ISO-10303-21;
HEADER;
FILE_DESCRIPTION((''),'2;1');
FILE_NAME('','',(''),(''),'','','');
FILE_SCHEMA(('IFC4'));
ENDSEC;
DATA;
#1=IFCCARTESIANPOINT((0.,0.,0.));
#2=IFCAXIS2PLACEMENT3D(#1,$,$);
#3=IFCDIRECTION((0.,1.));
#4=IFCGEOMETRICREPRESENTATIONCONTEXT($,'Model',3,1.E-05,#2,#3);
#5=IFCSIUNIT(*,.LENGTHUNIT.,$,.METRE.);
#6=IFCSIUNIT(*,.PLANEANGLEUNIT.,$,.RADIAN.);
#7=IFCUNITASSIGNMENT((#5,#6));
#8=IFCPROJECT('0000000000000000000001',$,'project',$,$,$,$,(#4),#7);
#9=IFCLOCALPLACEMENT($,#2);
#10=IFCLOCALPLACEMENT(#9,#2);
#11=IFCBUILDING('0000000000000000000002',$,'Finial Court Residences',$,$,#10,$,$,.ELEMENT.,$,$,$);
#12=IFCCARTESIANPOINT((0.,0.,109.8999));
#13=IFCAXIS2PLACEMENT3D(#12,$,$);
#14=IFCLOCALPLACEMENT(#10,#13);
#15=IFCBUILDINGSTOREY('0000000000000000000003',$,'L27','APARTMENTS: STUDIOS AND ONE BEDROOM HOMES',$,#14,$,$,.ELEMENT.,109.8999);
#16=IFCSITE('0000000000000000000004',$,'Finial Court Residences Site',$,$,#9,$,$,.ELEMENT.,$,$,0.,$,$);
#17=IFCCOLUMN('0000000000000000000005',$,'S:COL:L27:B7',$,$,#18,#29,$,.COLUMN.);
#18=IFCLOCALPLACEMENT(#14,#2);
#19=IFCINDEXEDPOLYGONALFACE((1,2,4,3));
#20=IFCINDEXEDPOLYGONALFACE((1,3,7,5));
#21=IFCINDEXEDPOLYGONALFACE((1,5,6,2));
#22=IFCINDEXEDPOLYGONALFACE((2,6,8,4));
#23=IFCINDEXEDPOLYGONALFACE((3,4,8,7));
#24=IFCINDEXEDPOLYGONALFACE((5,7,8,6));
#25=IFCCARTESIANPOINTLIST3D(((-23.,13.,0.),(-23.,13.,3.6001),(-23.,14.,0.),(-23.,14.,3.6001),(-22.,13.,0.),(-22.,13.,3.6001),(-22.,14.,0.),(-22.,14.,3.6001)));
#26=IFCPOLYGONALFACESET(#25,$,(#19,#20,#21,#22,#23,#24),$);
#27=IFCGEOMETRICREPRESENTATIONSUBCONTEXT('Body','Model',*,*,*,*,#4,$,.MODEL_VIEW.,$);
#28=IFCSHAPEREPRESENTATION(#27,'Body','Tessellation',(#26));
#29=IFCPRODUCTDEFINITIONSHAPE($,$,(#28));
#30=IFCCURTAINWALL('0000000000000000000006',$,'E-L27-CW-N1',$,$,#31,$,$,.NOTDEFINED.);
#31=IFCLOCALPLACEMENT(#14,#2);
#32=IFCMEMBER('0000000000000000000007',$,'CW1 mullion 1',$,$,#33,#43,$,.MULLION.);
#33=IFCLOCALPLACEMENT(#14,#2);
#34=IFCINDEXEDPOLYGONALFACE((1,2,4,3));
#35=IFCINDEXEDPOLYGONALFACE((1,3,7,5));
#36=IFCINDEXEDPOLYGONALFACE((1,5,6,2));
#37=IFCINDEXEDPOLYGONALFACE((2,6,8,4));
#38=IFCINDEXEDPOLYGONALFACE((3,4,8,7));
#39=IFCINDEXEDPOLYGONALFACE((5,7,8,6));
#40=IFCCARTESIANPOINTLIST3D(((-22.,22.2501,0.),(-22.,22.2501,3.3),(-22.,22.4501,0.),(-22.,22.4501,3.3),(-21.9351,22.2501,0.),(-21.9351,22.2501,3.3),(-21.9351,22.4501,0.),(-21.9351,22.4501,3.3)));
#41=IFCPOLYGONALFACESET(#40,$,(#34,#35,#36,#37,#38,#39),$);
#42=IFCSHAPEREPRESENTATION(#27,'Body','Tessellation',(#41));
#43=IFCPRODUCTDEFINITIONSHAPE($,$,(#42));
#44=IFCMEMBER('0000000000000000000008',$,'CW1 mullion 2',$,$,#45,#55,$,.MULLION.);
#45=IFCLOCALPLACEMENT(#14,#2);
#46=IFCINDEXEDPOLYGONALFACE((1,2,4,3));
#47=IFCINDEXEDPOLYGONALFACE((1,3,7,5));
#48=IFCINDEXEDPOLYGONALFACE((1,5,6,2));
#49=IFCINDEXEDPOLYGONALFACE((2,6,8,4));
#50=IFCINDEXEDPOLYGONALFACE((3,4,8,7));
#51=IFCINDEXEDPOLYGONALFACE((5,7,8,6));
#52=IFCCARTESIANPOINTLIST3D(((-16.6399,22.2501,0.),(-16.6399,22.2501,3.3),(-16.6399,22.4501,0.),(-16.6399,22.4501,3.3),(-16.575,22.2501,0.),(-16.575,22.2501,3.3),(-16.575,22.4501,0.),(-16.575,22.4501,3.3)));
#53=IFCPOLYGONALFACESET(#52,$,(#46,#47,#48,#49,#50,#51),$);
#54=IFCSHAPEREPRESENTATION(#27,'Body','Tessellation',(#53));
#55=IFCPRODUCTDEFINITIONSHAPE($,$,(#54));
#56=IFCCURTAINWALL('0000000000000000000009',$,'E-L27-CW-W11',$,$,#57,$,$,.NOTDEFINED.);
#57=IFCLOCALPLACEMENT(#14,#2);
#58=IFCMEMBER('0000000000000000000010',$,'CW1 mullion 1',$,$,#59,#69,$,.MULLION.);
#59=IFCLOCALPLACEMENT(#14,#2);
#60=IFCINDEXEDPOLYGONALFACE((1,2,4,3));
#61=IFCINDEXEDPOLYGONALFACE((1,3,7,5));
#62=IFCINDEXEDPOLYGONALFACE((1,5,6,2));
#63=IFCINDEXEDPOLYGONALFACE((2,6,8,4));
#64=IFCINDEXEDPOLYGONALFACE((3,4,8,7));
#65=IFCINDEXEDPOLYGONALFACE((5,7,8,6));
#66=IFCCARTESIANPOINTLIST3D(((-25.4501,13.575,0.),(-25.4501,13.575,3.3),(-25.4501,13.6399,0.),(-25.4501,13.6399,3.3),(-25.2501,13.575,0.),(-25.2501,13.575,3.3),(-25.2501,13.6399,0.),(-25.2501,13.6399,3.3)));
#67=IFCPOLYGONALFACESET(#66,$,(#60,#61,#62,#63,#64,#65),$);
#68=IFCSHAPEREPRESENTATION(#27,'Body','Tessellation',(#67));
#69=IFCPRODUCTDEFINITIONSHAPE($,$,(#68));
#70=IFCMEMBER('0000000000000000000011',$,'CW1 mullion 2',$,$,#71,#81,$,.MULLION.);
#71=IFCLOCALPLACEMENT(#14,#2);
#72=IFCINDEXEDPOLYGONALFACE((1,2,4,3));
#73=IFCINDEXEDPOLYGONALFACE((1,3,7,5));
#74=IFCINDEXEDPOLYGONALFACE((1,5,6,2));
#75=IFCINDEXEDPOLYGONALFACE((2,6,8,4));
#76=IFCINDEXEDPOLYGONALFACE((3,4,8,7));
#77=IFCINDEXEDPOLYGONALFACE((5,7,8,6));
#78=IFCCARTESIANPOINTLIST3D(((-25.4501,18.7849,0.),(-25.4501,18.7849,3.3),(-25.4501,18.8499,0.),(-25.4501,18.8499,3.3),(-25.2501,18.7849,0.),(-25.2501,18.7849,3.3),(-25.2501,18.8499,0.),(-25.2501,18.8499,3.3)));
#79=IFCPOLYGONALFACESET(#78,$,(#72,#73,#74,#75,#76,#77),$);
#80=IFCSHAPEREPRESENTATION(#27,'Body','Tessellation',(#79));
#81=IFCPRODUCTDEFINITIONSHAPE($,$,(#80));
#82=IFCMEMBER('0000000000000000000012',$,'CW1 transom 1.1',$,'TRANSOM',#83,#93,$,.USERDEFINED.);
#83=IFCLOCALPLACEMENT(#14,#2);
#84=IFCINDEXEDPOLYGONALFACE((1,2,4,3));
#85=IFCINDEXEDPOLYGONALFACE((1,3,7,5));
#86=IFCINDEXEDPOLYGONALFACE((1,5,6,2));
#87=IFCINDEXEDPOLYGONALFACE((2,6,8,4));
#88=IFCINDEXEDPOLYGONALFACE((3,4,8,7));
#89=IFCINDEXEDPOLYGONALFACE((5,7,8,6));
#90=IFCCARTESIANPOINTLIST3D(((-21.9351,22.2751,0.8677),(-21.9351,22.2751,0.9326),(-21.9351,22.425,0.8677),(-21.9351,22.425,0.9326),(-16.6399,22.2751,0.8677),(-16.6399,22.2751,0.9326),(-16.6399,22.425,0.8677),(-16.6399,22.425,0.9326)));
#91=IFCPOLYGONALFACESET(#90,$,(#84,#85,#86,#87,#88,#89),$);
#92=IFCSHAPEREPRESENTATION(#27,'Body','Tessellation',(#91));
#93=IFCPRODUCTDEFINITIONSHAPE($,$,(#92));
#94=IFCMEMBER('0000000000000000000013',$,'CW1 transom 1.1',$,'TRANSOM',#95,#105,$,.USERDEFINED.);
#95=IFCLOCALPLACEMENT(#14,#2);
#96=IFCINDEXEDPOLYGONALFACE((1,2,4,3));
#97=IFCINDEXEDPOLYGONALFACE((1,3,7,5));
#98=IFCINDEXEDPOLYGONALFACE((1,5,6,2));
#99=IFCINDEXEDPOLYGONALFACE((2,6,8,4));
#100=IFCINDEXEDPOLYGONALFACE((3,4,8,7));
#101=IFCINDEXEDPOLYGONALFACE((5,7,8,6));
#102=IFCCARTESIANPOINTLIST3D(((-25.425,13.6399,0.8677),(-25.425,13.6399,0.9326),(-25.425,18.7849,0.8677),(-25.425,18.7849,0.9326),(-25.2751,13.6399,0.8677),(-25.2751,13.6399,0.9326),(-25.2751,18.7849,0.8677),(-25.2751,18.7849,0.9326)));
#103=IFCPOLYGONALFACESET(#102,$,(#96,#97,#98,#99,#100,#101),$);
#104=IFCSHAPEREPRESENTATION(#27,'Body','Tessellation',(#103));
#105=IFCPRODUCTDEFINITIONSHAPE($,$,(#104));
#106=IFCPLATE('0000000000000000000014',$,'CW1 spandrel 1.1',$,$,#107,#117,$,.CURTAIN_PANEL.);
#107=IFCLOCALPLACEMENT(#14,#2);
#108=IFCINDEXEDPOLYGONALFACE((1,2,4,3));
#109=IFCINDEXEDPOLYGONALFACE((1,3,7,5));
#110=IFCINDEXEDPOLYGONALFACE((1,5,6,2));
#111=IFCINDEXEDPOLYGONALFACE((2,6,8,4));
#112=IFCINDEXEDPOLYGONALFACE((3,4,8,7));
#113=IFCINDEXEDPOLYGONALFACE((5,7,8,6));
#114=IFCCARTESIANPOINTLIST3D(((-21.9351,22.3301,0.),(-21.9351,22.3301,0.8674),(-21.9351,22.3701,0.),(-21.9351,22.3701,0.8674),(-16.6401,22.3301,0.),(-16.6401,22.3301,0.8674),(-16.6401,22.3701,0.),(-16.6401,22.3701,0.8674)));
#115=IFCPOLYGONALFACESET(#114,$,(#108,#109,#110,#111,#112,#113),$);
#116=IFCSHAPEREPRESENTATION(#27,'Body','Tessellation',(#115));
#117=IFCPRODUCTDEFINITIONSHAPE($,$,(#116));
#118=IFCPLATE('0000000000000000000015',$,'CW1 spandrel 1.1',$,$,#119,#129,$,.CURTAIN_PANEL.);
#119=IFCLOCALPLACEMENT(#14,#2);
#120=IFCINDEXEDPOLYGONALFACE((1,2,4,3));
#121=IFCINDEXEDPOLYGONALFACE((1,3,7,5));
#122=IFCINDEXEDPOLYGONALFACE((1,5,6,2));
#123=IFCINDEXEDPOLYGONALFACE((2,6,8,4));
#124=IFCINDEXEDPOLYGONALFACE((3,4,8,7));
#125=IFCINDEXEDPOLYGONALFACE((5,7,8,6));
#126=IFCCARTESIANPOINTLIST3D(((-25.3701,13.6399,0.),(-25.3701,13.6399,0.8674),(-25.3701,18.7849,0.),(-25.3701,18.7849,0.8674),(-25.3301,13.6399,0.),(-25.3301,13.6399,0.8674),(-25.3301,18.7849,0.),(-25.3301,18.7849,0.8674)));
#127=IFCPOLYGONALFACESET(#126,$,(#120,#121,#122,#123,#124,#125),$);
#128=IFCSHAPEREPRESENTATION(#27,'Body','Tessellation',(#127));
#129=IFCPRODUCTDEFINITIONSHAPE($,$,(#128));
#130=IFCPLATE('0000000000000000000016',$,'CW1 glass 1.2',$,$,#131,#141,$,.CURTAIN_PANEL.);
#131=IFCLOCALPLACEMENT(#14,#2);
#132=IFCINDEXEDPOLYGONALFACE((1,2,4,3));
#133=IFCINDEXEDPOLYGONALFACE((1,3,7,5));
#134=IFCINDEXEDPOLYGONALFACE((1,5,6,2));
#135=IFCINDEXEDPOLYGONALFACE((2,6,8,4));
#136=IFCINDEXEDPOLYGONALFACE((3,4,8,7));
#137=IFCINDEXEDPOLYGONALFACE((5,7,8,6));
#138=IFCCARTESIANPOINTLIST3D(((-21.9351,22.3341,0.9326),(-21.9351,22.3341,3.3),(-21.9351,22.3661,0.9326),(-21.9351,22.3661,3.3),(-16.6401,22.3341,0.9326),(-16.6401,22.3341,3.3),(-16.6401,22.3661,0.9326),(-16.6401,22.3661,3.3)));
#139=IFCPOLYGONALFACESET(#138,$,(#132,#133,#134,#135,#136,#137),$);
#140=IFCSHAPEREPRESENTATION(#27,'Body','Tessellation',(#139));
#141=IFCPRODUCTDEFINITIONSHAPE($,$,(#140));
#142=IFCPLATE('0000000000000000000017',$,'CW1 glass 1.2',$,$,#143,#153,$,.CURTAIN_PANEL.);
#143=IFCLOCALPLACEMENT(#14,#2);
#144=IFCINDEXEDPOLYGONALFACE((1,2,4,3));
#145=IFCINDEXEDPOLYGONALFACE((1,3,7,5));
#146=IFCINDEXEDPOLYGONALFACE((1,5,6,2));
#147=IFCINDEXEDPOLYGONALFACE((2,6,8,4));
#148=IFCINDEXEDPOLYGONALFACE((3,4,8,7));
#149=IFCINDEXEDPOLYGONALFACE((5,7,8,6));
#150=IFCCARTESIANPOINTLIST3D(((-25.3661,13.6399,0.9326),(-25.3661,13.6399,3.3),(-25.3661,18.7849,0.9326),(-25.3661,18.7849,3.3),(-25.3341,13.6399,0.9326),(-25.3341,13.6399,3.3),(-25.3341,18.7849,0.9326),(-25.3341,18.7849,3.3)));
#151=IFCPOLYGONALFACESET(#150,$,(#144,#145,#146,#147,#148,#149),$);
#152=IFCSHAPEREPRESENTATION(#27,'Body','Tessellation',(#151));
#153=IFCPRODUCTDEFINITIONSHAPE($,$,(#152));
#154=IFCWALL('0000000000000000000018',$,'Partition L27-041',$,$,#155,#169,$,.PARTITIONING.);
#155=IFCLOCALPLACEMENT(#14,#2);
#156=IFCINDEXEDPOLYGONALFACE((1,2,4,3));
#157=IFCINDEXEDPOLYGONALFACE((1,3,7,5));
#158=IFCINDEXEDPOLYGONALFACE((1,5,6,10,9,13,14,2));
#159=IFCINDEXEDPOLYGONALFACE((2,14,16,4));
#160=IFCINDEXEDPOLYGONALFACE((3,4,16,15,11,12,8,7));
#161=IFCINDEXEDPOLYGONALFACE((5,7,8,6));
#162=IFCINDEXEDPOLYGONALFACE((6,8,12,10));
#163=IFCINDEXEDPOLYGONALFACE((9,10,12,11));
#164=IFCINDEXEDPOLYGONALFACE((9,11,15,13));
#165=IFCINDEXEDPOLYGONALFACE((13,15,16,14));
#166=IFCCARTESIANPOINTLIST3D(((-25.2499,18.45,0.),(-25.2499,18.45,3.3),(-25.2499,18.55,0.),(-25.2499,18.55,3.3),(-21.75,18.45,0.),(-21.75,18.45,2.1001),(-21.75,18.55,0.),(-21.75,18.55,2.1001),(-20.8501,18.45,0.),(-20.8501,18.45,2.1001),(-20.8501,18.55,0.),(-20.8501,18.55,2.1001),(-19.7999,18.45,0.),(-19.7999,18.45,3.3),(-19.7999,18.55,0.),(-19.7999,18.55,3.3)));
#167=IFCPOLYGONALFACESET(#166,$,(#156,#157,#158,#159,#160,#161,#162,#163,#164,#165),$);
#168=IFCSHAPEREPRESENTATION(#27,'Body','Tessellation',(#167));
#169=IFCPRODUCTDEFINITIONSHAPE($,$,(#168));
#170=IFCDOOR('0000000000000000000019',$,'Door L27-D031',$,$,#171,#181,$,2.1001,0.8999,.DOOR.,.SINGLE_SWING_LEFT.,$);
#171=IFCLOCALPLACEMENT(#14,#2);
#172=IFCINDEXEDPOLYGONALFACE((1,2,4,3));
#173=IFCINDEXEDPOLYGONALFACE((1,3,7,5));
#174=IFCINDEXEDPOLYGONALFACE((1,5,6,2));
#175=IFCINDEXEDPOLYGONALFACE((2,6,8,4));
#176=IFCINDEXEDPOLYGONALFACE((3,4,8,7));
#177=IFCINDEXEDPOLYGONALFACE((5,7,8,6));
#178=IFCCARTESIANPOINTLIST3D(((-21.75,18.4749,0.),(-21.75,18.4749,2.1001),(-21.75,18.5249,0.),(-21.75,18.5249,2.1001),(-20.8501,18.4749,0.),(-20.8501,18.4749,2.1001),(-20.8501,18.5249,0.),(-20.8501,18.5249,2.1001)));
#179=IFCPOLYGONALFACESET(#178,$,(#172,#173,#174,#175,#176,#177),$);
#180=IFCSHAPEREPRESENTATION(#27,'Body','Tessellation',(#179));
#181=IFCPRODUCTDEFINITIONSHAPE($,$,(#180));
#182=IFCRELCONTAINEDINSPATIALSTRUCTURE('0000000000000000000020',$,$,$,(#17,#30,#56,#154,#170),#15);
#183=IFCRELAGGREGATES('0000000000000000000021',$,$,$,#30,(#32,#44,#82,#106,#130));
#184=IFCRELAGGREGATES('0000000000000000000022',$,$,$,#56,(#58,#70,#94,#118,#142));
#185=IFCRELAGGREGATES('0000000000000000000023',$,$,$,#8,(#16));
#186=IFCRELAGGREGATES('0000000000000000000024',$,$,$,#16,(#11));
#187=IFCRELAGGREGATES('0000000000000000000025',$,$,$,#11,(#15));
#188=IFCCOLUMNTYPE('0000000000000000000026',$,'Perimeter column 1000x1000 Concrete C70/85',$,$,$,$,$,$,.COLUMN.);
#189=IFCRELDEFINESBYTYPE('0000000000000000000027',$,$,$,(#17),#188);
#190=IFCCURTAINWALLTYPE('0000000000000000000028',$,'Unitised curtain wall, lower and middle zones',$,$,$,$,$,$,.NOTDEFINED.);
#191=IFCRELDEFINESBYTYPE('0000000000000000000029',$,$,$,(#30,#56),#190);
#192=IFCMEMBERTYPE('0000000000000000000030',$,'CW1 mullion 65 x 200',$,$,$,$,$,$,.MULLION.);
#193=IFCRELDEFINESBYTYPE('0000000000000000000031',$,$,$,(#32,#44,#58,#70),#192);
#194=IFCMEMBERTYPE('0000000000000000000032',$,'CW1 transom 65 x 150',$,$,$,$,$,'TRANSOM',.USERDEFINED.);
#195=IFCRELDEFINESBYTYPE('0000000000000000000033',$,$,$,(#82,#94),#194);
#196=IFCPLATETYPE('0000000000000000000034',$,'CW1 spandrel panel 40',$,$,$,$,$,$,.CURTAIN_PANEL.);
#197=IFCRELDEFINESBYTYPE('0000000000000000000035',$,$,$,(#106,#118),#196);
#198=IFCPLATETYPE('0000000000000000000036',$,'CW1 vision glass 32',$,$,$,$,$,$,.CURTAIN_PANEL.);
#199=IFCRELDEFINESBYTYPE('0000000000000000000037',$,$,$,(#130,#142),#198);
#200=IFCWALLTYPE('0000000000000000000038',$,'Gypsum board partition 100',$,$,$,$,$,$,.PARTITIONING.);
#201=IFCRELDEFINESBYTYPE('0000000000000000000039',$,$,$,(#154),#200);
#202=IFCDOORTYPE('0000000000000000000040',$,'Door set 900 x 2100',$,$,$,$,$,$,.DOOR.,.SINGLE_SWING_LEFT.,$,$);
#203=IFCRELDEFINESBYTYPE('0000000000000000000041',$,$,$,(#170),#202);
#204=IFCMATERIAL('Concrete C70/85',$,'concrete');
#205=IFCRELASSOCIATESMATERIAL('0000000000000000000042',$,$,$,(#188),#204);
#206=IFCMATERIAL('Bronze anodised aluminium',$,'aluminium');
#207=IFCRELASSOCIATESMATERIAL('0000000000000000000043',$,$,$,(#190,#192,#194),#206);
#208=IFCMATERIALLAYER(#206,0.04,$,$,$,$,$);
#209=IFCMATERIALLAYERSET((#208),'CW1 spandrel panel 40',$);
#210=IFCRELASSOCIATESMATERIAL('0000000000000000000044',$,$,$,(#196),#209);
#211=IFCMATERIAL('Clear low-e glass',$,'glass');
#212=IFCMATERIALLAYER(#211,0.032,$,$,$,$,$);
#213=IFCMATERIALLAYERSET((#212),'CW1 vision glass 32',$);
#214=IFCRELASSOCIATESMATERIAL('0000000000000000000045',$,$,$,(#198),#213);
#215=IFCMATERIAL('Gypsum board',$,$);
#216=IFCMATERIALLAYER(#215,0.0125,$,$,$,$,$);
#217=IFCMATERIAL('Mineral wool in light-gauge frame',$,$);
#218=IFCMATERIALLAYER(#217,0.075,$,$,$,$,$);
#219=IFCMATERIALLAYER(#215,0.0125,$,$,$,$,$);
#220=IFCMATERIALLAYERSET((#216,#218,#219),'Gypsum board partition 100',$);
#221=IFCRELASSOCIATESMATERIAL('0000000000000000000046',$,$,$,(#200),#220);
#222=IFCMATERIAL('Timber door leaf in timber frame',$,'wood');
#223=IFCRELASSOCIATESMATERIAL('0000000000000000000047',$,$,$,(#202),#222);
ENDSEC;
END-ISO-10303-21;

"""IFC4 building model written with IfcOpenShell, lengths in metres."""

from ifc_helpers import new_model, si_unit, direction, frame, frame_2d, origin, origin_2d, place, context, subcontext, project, spatial, rectangle, extrude, material, layer, layer_set, material_profile, profile_set, type_object, element, fill, aggregate, save


model = new_model("IFC4")

# Units and contexts
model_context = context("Model", 3, precision=1e-05, world=origin(), true_north=direction((0.0, 1.0)))
body_context = subcontext(model_context, "Body", "Model", "MODEL_VIEW")
ifc_project = project(units=[si_unit("LENGTHUNIT", "METRE"), si_unit("PLANEANGLEUNIT", "RADIAN")], contexts=[model_context])

# Site, building, storey
site_placement = place(None, origin())
site = spatial("IfcSite", under=ifc_project, at=site_placement, Name="Finial Court Residences Site", CompositionType="ELEMENT", RefElevation=0.0)
building_placement = place(site_placement, origin())
building = spatial("IfcBuilding", under=site, at=building_placement, Name="Finial Court Residences", CompositionType="ELEMENT")
storey_placement = place(building_placement, frame((0.0, 0.0, 109.8999)))
storey = spatial("IfcBuildingStorey", under=building, at=storey_placement, Name="L27", Description="APARTMENTS: STUDIOS AND ONE BEDROOM HOMES", CompositionType="ELEMENT", Elevation=109.8999)

# Column
ifc_material_1 = material(Name="Concrete C70/85", Category="concrete")
ifc_material_profile_1 = material_profile(ifc_material_1, rectangle(XDim=1.0, YDim=1.0, at=origin_2d()), Name="1000x1000")
ifc_profile_set_1 = profile_set([ifc_material_profile_1], Name="Concrete C70/85")
column_type = type_object("IfcColumnType", Name="Perimeter column 1000x1000 Concrete C70/85", PredefinedType="COLUMN", material=ifc_profile_set_1)
column_placement = place(storey_placement, frame((-22.5, 13.5, 0.0), z_axis=(0.0, 0.0, 1.0), x_axis=(1.0, 0.0, 0.0)))
element("IfcColumn", 1, at=column_placement, inside=storey, type_object=column_type, Name="S:COL:L27:B7", PredefinedType="COLUMN", context=body_context, shape_type="SweptSolid", body=[
    extrude(rectangle(XDim=1.0, YDim=1.0, at=origin_2d()), origin(), (0.0, 0.0, 1.0), 3.6001),
])

# Curtain walls, members
ifc_material_2 = material(Name="Bronze anodised aluminium", Category="aluminium")
curtain_wall_type = type_object("IfcCurtainWallType", Name="Unitised curtain wall, lower and middle zones", PredefinedType="NOTDEFINED", material=ifc_material_2)
curtain_wall_1_placement = place(storey_placement, origin())
curtain_wall_1 = element("IfcCurtainWall", 2, at=curtain_wall_1_placement, inside=storey, type_object=curtain_wall_type, Name="E-L27-CW-N1", PredefinedType="NOTDEFINED")
ifc_material_profile_2 = material_profile(ifc_material_2, rectangle(XDim=0.2, YDim=0.0649, at=origin_2d()), Name="CW1 mullion 65 x 200")
ifc_profile_set_2 = profile_set([ifc_material_profile_2], Name="Bronze anodised aluminium")
member_type_1 = type_object("IfcMemberType", Name="CW1 mullion 65 x 200", PredefinedType="MULLION", material=ifc_profile_set_2)
member_1_placement = place(storey_placement, frame((-21.9675, 22.3501, 0.0), z_axis=(0.0, 0.0, 1.0), x_axis=(0.0, 1.0, 0.0)))
member_1 = element("IfcMember", 3, at=member_1_placement, type_object=member_type_1, Name="CW1 mullion 1", PredefinedType="MULLION", context=body_context, shape_type="SweptSolid", body=[
    extrude(rectangle(XDim=0.2, YDim=0.0649, at=origin_2d()), origin(), (0.0, 0.0, 1.0), 3.3),
])
member_2_placement = place(storey_placement, frame((-16.6074, 22.3501, 0.0), z_axis=(0.0, 0.0, 1.0), x_axis=(0.0, 1.0, 0.0)))
member_2 = element("IfcMember", 4, at=member_2_placement, type_object=member_type_1, Name="CW1 mullion 2", PredefinedType="MULLION", context=body_context, shape_type="SweptSolid", body=[
    extrude(rectangle(XDim=0.2, YDim=0.0649, at=origin_2d()), origin(), (0.0, 0.0, 1.0), 3.3),
])
curtain_wall_2_placement = place(storey_placement, origin())
curtain_wall_2 = element("IfcCurtainWall", 5, at=curtain_wall_2_placement, inside=storey, type_object=curtain_wall_type, Name="E-L27-CW-W11", PredefinedType="NOTDEFINED")
member_3_placement = place(storey_placement, frame((-25.3501, 13.6074, 0.0), z_axis=(0.0, 0.0, 1.0), x_axis=(-1.0, 0.0, 0.0)))
member_3 = element("IfcMember", 6, at=member_3_placement, type_object=member_type_1, Name="CW1 mullion 1", PredefinedType="MULLION", context=body_context, shape_type="SweptSolid", body=[
    extrude(rectangle(XDim=0.2, YDim=0.0649, at=origin_2d()), origin(), (0.0, 0.0, 1.0), 3.3),
])
member_4_placement = place(storey_placement, frame((-25.3501, 18.8174, 0.0), z_axis=(0.0, 0.0, 1.0), x_axis=(-1.0, 0.0, 0.0)))
member_4 = element("IfcMember", 7, at=member_4_placement, type_object=member_type_1, Name="CW1 mullion 2", PredefinedType="MULLION", context=body_context, shape_type="SweptSolid", body=[
    extrude(rectangle(XDim=0.2, YDim=0.0649, at=origin_2d()), origin(), (0.0, 0.0, 1.0), 3.3),
])

# Members
ifc_material_profile_3 = material_profile(ifc_material_2, rectangle(XDim=0.1499, YDim=0.0649, at=origin_2d()), Name="CW1 transom 65 x 150")
ifc_profile_set_3 = profile_set([ifc_material_profile_3], Name="Bronze anodised aluminium")
member_type_2 = type_object("IfcMemberType", Name="CW1 transom 65 x 150", ElementType="TRANSOM", PredefinedType="USERDEFINED", material=ifc_profile_set_3)
member_5_placement = place(storey_placement, frame((-21.9351, 22.3501, 0.9001), z_axis=(1.0, 0.0, 0.0), x_axis=(0.0, 1.0, 0.0)))
member_5 = element("IfcMember", 8, at=member_5_placement, type_object=member_type_2, Name="CW1 transom 1.1", ObjectType="TRANSOM", PredefinedType="USERDEFINED", context=body_context, shape_type="SweptSolid", body=[
    extrude(rectangle(XDim=0.1499, YDim=0.0649, at=origin_2d()), origin(), (0.0, 0.0, 1.0), 5.2952),
])
member_6_placement = place(storey_placement, frame((-25.3501, 13.6399, 0.9001), z_axis=(0.0, 1.0, 0.0), x_axis=(-1.0, 0.0, 0.0)))
member_6 = element("IfcMember", 9, at=member_6_placement, type_object=member_type_2, Name="CW1 transom 1.1", ObjectType="TRANSOM", PredefinedType="USERDEFINED", context=body_context, shape_type="SweptSolid", body=[
    extrude(rectangle(XDim=0.1499, YDim=0.0649, at=origin_2d()), origin(), (0.0, 0.0, 1.0), 5.145),
])

# Plates
ifc_layer_1 = layer(ifc_material_2, 0.04)
ifc_layer_set_1 = layer_set([ifc_layer_1], Name="CW1 spandrel panel 40")
plate_type_1 = type_object("IfcPlateType", Name="CW1 spandrel panel 40", PredefinedType="CURTAIN_PANEL", material=ifc_layer_set_1)
plate_1_placement = place(storey_placement, frame((-19.2876, 22.3501, 0.0), z_axis=(0.0, 0.0, 1.0), x_axis=(1.0, 0.0, 0.0)))
plate_1 = element("IfcPlate", 10, at=plate_1_placement, type_object=plate_type_1, Name="CW1 spandrel 1.1", PredefinedType="CURTAIN_PANEL", context=body_context, shape_type="SweptSolid", body=[
    extrude(rectangle(XDim=5.2949, YDim=0.04, at=origin_2d()), origin(), (0.0, 0.0, 1.0), 0.8674),
])
plate_2_placement = place(storey_placement, frame((-25.3501, 16.2124, 0.0), z_axis=(0.0, 0.0, 1.0), x_axis=(0.0, 1.0, 0.0)))
plate_2 = element("IfcPlate", 11, at=plate_2_placement, type_object=plate_type_1, Name="CW1 spandrel 1.1", PredefinedType="CURTAIN_PANEL", context=body_context, shape_type="SweptSolid", body=[
    extrude(rectangle(XDim=5.145, YDim=0.04, at=origin_2d()), origin(), (0.0, 0.0, 1.0), 0.8674),
])
ifc_material_3 = material(Name="Clear low-e glass", Category="glass")
ifc_layer_2 = layer(ifc_material_3, 0.032)
ifc_layer_set_2 = layer_set([ifc_layer_2], Name="CW1 vision glass 32")
plate_type_2 = type_object("IfcPlateType", Name="CW1 vision glass 32", PredefinedType="CURTAIN_PANEL", material=ifc_layer_set_2)
plate_3_placement = place(storey_placement, frame((-19.2876, 22.3501, 0.9326), z_axis=(0.0, 0.0, 1.0), x_axis=(1.0, 0.0, 0.0)))
plate_3 = element("IfcPlate", 12, at=plate_3_placement, type_object=plate_type_2, Name="CW1 glass 1.2", PredefinedType="CURTAIN_PANEL", context=body_context, shape_type="SweptSolid", body=[
    extrude(rectangle(XDim=5.2949, YDim=0.032, at=origin_2d()), origin(), (0.0, 0.0, 1.0), 2.3674),
])
aggregate(curtain_wall_1, [member_1, member_2, member_5, plate_1, plate_3])
plate_4_placement = place(storey_placement, frame((-25.3501, 16.2124, 0.9326), z_axis=(0.0, 0.0, 1.0), x_axis=(0.0, 1.0, 0.0)))
plate_4 = element("IfcPlate", 13, at=plate_4_placement, type_object=plate_type_2, Name="CW1 glass 1.2", PredefinedType="CURTAIN_PANEL", context=body_context, shape_type="SweptSolid", body=[
    extrude(rectangle(XDim=5.145, YDim=0.032, at=origin_2d()), origin(), (0.0, 0.0, 1.0), 2.3674),
])
aggregate(curtain_wall_2, [member_3, member_4, member_6, plate_2, plate_4])

# Wall, opening, door
ifc_material_4 = material(Name="Gypsum board")
ifc_layer_3 = layer(ifc_material_4, 0.0125)
ifc_material_5 = material(Name="Mineral wool in light-gauge frame")
ifc_layer_4 = layer(ifc_material_5, 0.075)
ifc_layer_5 = layer(ifc_material_4, 0.0125)
ifc_layer_set_3 = layer_set([ifc_layer_3, ifc_layer_4, ifc_layer_5], Name="Gypsum board partition 100")
wall_type_1 = type_object("IfcWallType", Name="Gypsum board partition 100", PredefinedType="PARTITIONING", material=ifc_layer_set_3)
wall_1_placement = place(storey_placement, frame((-25.25, 18.5, 0.0), z_axis=(0.0, 0.0, 1.0), x_axis=(1.0, 0.0, 0.0)))
wall_1 = element("IfcWall", 14, at=wall_1_placement, inside=storey, type_object=wall_type_1, Name="Partition L27-041", PredefinedType="PARTITIONING", context=body_context, shape_type="SweptSolid", body=[
    extrude(rectangle(XDim=5.45, YDim=0.1001, at=frame_2d((2.7251, 0.0))), origin(), (0.0, 0.0, 1.0), 3.3),
])
opening_1_placement = place(wall_1_placement, frame((3.5, 0.0, 0.0)))
opening_1 = element("IfcOpeningElement", 15, at=opening_1_placement, cuts=wall_1, PredefinedType="OPENING", context=body_context, shape_type="SweptSolid", body=[
    extrude(rectangle(XDim=0.8999, YDim=2.1001, at=frame_2d((0.45, 1.05))), frame((0.0, 0.0601, 0.0), z_axis=(0.0, -1.0, 0.0), x_axis=(1.0, 0.0, 0.0)), (0.0, 0.0, 1.0), 0.1201),
])
ifc_material_6 = material(Name="Timber door leaf in timber frame", Category="wood")
door_type = type_object("IfcDoorType", Name="Door set 900 x 2100", OperationType="SINGLE_SWING_LEFT", PredefinedType="DOOR", material=ifc_material_6)
door_1_placement = place(opening_1_placement, origin())
door_1 = element("IfcDoor", 16, at=door_1_placement, inside=storey, type_object=door_type, Name="Door L27-D031", OperationType="SINGLE_SWING_LEFT", OverallHeight=2.1001, OverallWidth=0.8999, PredefinedType="DOOR", context=body_context, shape_type="SweptSolid", body=[
    extrude(rectangle(XDim=0.8999, YDim=2.1001, at=frame_2d((0.45, 1.05))), frame((0.0, 0.0249, 0.0), z_axis=(0.0, -1.0, 0.0), x_axis=(1.0, 0.0, 0.0)), (0.0, 0.0, 1.0), 0.05),
])
fill(opening_1, door_1)

save(model, "model.ifc")
